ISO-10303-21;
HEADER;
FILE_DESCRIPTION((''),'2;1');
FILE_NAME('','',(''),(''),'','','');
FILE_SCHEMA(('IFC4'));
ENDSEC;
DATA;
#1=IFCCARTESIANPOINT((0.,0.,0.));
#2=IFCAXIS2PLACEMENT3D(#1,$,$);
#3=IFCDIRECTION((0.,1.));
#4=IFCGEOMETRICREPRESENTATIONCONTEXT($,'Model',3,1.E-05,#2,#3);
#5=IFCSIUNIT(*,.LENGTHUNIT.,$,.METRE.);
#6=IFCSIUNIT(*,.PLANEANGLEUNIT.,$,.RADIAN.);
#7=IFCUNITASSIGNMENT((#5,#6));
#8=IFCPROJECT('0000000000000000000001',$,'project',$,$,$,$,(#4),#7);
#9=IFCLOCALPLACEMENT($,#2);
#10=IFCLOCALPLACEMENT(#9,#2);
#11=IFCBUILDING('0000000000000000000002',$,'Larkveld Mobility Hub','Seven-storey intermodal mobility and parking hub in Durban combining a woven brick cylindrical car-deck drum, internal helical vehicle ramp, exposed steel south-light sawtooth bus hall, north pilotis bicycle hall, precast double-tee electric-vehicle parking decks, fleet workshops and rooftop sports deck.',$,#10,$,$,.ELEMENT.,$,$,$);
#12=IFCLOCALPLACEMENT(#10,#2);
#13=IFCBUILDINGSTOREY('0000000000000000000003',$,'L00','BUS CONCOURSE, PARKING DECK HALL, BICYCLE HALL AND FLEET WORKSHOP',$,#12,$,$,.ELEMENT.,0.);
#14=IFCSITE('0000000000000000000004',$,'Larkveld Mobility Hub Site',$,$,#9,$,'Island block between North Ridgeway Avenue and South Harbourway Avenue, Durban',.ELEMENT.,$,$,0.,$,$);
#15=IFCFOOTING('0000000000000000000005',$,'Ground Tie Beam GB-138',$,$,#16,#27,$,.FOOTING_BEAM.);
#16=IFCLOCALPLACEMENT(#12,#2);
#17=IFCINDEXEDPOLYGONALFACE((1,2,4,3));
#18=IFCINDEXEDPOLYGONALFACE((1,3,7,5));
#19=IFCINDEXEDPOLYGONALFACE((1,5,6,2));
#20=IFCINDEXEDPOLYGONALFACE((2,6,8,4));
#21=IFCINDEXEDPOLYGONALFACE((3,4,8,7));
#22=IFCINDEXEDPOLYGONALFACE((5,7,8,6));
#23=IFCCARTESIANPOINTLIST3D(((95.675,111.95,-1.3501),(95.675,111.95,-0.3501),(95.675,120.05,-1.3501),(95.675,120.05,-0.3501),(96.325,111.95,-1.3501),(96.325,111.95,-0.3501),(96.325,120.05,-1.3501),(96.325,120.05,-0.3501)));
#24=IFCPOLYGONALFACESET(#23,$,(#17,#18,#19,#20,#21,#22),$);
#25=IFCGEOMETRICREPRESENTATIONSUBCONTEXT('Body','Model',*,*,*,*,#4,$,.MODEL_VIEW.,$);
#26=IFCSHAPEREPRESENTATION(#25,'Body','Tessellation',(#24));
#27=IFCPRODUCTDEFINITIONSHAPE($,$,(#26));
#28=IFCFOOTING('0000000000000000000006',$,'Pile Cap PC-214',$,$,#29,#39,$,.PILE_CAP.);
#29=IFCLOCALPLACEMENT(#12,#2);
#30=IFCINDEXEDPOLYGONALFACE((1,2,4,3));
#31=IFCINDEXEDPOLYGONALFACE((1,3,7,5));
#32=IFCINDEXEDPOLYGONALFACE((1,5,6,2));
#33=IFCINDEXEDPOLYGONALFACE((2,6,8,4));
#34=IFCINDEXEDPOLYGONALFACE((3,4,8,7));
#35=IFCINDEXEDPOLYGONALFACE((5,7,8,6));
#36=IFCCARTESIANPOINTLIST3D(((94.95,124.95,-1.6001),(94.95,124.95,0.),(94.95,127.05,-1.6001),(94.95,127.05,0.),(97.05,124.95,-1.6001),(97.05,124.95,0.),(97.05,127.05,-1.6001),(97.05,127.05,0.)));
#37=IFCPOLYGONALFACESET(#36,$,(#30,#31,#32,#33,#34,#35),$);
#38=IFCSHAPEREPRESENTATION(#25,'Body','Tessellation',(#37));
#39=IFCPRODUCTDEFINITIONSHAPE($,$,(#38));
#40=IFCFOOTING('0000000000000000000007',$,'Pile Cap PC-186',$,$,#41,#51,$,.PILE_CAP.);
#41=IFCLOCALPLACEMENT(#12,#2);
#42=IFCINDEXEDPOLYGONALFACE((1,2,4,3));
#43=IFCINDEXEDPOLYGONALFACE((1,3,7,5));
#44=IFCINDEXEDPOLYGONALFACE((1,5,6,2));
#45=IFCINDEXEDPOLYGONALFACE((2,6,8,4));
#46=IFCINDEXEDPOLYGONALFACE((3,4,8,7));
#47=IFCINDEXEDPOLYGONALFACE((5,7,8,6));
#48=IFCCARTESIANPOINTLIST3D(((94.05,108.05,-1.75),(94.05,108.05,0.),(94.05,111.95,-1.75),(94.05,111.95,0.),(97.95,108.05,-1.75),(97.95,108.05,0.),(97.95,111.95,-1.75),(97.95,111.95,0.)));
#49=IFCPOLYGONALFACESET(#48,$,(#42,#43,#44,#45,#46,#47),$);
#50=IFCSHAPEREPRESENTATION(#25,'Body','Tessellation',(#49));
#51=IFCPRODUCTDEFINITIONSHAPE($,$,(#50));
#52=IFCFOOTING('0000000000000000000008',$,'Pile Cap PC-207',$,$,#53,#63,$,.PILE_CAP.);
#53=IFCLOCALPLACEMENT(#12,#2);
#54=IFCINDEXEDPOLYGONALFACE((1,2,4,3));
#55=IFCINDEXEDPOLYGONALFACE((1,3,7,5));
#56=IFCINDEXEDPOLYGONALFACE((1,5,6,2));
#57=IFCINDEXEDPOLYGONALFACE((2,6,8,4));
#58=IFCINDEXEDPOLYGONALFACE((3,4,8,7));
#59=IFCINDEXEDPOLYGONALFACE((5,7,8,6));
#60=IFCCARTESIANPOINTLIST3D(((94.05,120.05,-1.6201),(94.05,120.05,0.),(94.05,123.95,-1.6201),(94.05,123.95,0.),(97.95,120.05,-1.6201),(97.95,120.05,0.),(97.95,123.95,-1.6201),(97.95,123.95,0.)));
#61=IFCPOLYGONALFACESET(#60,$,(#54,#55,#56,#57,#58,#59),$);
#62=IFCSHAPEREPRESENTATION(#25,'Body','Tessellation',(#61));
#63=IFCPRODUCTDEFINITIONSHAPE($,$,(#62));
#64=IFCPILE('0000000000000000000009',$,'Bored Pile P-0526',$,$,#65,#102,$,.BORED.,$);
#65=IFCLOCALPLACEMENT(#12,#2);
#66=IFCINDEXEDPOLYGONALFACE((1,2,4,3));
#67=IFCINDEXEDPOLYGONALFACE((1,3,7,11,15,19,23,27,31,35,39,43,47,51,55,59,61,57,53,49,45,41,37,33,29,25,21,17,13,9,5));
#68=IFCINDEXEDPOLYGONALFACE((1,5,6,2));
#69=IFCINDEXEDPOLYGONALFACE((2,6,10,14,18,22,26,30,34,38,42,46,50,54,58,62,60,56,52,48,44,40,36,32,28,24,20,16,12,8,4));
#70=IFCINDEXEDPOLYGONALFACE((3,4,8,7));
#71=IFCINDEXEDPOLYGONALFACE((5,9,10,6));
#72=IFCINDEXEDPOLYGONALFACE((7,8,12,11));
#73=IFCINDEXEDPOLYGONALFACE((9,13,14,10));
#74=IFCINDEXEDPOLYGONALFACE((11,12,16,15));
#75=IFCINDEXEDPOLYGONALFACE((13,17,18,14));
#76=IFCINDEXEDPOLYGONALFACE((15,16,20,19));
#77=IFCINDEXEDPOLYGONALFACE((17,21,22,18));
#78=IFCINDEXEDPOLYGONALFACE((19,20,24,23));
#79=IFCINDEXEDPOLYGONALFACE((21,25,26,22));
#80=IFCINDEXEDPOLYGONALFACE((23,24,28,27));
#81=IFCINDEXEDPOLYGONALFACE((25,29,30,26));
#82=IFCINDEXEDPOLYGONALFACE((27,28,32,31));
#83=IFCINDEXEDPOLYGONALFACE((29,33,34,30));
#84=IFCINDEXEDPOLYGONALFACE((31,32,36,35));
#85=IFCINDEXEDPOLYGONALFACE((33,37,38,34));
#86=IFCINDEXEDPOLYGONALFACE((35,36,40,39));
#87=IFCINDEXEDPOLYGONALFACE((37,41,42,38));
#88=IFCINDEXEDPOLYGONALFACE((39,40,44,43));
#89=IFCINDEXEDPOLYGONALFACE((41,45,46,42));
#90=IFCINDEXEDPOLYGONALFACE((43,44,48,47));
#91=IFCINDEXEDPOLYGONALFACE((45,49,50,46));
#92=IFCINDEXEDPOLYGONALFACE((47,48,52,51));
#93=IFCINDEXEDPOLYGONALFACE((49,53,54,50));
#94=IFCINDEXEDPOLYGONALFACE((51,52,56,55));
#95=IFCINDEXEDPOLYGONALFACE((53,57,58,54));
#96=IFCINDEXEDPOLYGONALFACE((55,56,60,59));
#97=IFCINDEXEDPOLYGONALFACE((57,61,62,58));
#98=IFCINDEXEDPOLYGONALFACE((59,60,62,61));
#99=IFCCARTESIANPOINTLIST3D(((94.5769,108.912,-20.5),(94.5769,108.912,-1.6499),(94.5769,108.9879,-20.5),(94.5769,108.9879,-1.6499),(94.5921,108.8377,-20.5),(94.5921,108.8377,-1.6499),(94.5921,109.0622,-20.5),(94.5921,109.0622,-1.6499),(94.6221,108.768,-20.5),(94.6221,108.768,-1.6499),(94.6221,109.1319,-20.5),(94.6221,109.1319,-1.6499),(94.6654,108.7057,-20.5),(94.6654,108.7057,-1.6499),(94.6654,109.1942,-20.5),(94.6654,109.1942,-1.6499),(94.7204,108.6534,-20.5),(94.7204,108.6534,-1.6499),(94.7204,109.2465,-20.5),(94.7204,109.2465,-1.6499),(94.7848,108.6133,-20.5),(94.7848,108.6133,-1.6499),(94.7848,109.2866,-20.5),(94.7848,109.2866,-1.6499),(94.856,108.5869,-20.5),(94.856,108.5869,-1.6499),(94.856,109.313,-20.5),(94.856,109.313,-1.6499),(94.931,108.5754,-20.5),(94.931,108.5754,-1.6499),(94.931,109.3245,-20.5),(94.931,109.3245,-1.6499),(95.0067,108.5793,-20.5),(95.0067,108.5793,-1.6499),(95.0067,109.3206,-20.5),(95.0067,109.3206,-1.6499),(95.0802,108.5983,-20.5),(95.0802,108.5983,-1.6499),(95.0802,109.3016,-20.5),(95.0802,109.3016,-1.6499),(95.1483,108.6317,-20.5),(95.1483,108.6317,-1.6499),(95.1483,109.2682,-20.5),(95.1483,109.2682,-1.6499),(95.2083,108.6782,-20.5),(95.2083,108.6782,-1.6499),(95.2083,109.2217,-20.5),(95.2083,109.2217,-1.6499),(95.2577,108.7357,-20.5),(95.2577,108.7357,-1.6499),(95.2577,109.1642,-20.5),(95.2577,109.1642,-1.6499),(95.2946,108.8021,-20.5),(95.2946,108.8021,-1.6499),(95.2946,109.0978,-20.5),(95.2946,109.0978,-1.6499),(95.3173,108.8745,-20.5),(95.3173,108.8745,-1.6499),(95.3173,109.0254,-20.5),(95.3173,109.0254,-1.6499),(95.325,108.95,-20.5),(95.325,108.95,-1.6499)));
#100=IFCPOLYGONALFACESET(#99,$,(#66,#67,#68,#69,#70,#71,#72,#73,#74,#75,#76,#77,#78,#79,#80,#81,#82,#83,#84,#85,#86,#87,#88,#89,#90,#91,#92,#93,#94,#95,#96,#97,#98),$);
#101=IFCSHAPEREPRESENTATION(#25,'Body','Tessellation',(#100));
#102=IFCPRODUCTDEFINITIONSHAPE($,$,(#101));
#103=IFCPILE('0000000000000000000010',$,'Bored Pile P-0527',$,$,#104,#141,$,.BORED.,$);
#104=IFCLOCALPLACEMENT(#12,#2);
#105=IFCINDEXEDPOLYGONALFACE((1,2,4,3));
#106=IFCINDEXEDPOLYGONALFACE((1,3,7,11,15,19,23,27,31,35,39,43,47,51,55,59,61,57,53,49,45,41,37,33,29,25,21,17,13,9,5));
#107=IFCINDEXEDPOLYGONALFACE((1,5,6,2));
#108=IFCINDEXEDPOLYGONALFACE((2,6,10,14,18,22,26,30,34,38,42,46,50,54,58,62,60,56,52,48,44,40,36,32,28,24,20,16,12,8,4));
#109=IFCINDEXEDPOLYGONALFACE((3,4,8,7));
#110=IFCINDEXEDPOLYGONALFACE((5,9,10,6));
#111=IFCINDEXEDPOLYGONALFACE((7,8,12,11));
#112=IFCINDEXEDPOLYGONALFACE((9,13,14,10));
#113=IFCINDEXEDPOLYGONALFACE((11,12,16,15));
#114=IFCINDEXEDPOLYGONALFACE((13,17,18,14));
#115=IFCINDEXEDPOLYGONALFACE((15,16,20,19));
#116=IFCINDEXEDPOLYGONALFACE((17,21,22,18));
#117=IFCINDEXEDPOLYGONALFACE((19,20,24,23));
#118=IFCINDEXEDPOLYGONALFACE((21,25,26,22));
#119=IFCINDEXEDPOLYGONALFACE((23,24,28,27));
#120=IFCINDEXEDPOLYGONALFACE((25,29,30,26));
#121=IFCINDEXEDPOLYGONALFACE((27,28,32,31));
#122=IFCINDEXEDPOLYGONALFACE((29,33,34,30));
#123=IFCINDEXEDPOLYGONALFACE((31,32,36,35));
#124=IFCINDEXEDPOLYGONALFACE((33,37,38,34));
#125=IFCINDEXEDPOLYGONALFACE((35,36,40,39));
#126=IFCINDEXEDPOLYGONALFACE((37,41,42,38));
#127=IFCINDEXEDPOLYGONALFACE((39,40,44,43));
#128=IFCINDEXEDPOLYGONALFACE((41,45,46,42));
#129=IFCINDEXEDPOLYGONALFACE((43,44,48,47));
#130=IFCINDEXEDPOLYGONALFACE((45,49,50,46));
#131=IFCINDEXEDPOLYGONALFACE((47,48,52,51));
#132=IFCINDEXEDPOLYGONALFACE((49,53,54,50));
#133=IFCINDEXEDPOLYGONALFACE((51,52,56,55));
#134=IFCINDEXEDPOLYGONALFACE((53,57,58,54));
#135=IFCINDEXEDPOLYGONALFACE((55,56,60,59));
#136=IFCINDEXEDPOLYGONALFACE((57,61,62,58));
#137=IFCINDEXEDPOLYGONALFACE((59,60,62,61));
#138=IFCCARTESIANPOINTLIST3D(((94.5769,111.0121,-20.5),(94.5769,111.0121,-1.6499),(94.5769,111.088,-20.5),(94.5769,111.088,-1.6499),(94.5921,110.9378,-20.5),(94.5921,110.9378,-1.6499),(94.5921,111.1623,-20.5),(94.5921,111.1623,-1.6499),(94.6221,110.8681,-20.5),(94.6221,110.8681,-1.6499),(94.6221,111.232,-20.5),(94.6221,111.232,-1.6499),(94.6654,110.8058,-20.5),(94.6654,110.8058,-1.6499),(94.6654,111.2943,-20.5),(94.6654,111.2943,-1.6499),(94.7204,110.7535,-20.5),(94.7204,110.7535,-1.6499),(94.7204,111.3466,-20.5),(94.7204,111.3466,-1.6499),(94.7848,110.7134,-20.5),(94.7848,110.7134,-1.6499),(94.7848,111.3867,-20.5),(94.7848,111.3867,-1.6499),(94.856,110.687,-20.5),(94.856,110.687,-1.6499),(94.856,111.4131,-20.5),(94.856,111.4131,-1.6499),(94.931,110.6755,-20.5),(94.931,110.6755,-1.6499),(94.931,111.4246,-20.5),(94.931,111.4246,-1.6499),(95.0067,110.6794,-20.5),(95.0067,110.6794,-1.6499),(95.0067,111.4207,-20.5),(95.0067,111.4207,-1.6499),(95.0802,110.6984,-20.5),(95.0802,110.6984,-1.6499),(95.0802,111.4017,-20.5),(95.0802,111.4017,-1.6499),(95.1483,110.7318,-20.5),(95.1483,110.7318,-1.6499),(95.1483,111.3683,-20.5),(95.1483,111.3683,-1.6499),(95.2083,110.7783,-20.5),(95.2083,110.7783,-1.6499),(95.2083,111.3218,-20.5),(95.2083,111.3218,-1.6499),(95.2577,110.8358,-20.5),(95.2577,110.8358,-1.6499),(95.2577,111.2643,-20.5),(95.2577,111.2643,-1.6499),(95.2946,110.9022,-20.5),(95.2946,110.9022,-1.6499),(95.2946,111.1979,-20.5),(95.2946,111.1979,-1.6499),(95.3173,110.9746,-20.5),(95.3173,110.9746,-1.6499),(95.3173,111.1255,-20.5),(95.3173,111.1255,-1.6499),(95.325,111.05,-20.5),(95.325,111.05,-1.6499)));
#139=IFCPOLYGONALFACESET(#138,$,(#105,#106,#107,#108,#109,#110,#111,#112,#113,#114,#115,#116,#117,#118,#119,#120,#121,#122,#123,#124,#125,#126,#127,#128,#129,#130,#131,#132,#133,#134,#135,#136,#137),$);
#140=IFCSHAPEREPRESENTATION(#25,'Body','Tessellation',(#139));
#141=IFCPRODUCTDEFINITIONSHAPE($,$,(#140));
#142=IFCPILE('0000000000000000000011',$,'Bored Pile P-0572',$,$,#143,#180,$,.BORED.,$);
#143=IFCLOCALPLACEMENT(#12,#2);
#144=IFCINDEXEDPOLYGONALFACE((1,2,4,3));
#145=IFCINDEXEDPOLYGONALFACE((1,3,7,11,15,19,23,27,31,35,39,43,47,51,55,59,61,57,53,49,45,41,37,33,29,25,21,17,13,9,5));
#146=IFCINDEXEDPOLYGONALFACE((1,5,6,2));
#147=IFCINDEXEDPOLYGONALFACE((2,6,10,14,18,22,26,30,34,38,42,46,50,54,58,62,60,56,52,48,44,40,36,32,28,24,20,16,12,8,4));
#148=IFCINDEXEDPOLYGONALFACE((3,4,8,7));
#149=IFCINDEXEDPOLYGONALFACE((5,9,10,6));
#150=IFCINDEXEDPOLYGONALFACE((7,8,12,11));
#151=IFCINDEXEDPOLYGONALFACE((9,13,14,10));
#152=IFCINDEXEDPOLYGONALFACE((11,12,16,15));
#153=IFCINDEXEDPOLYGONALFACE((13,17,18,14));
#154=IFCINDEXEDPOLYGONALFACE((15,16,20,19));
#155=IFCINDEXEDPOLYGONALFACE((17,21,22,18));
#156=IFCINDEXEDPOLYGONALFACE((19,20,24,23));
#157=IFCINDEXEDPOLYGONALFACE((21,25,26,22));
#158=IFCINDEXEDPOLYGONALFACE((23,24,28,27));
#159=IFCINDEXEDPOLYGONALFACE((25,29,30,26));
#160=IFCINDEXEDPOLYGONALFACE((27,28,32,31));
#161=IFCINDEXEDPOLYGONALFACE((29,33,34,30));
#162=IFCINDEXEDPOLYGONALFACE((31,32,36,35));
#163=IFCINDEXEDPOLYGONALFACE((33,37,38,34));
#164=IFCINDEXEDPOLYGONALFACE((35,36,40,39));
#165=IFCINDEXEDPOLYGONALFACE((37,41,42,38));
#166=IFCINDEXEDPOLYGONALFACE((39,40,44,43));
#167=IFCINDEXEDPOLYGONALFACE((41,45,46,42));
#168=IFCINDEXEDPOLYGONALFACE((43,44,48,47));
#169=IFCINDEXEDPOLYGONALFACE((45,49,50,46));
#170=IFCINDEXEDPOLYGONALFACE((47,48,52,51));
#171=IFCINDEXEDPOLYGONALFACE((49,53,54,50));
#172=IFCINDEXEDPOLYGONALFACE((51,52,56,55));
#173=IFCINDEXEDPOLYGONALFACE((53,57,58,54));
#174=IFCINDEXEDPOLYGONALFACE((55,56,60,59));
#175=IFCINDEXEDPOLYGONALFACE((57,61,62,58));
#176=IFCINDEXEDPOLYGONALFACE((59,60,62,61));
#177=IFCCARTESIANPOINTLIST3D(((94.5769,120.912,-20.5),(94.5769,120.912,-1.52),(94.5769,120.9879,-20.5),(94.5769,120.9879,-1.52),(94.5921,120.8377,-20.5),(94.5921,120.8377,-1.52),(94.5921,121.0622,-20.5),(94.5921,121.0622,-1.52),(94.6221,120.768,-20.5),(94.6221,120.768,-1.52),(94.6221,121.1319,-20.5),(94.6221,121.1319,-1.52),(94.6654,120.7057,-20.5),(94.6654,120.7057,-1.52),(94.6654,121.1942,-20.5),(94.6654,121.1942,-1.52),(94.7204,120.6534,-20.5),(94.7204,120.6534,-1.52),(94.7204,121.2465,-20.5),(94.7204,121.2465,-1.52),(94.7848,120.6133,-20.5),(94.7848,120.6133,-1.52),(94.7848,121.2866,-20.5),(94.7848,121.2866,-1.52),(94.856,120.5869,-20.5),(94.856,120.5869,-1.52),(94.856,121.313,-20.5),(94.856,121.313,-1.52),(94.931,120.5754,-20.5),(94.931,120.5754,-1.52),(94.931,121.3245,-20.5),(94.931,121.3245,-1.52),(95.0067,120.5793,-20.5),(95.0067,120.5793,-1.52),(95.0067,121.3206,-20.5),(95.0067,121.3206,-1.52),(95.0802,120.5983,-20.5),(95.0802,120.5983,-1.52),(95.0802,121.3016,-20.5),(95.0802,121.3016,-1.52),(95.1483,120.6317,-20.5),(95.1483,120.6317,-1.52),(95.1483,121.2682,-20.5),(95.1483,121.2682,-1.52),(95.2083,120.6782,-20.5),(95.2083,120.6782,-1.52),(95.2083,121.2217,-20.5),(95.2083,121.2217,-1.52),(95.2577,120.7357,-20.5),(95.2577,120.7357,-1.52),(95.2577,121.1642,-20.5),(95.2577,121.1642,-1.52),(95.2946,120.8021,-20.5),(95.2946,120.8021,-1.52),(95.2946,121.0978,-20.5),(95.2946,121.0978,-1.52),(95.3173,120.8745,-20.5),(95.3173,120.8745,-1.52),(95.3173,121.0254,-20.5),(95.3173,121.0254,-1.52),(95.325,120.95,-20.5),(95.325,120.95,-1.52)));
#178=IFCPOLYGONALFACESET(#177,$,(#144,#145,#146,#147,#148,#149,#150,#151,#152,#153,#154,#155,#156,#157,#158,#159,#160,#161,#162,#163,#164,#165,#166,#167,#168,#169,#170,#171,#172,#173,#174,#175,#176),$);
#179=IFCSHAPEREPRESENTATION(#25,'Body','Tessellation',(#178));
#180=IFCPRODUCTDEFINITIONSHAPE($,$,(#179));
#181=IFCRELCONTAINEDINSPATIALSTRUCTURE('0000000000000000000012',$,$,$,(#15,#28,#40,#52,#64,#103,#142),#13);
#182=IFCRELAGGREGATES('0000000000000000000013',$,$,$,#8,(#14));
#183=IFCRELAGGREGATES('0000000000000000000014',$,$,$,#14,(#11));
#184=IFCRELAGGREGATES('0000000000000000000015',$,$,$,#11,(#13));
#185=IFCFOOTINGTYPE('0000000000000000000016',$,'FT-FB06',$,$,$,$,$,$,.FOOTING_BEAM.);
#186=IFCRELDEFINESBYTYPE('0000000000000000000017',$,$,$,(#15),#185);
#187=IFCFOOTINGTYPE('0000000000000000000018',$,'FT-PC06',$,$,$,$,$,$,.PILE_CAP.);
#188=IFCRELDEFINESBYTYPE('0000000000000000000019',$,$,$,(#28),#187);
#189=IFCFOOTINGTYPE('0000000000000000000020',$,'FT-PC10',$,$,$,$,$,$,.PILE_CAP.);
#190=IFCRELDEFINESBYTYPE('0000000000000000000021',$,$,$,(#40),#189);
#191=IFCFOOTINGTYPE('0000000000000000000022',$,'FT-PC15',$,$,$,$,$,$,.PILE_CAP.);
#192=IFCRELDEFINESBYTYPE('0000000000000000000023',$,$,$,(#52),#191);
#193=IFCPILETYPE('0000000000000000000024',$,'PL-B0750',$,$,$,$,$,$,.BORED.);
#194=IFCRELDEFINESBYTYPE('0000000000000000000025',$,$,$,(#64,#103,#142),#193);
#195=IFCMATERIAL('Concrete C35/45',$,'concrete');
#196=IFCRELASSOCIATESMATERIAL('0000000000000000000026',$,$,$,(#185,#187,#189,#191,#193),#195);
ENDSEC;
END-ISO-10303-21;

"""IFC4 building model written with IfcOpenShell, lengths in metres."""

from ifc_helpers import new_model, si_unit, direction, frame, origin, origin_2d, place, context, subcontext, project, spatial, rectangle, circle, extrude, material, material_profile, profile_set, type_object, element, save


model = new_model("IFC4")

# Units and contexts
model_context = context("Model", 3, precision=1e-05, world=origin(), true_north=direction((0.0, 1.0)))
body_context = subcontext(model_context, "Body", "Model", "MODEL_VIEW")
ifc_project = project(units=[si_unit("LENGTHUNIT", "METRE"), si_unit("PLANEANGLEUNIT", "RADIAN")], contexts=[model_context])

# Site, building, storey
site_placement = place(None, origin())
site = spatial("IfcSite", under=ifc_project, at=site_placement, Name="Larkveld Mobility Hub Site", LongName="Island block between North Ridgeway Avenue and South Harbourway Avenue, Durban", CompositionType="ELEMENT", RefElevation=0.0)
building_placement = place(site_placement, origin())
building = spatial("IfcBuilding", under=site, at=building_placement, Name="Larkveld Mobility Hub", Description="Seven-storey intermodal mobility and parking hub in Durban combining a woven brick cylindrical car-deck drum, internal helical vehicle ramp, exposed steel south-light sawtooth bus hall, north pilotis bicycle hall, precast double-tee electric-vehicle parking decks, fleet workshops and rooftop sports deck.", CompositionType="ELEMENT")
storey_placement = place(building_placement, origin())
storey = spatial("IfcBuildingStorey", under=building, at=storey_placement, Name="L00", Description="BUS CONCOURSE, PARKING DECK HALL, BICYCLE HALL AND FLEET WORKSHOP", CompositionType="ELEMENT", Elevation=0.0)

# Footings
ifc_material_1 = material(Name="Concrete C35/45", Category="concrete")
ifc_material_profile_1 = material_profile(ifc_material_1, rectangle(XDim=0.6499, YDim=1.0, at=origin_2d()), Name="RC BM 650x1000")
ifc_profile_set_1 = profile_set([ifc_material_profile_1], Name="Concrete C35/45")
footing_type_1 = type_object("IfcFootingType", Name="FT-FB06", PredefinedType="FOOTING_BEAM", material=ifc_profile_set_1)
footing_1_placement = place(storey_placement, frame((96.0, 111.95, -0.8501), z_axis=(0.0, 1.0, 0.0), x_axis=(-1.0, 0.0, 0.0)))
element("IfcFooting", 1, at=footing_1_placement, inside=storey, type_object=footing_type_1, Name="Ground Tie Beam GB-138", PredefinedType="FOOTING_BEAM", context=body_context, shape_type="SweptSolid", body=[
    extrude(rectangle(XDim=0.6499, YDim=1.0, at=origin_2d()), origin(), (0.0, 0.0, 1.0), 8.1001),
])
footing_type_2 = type_object("IfcFootingType", Name="FT-PC06", PredefinedType="PILE_CAP", material=ifc_material_1)
footing_2_placement = place(storey_placement, frame((96.0, 126.0, -1.6001), z_axis=(0.0, 0.0, 1.0), x_axis=(1.0, 0.0, 0.0)))
element("IfcFooting", 2, at=footing_2_placement, inside=storey, type_object=footing_type_2, Name="Pile Cap PC-214", PredefinedType="PILE_CAP", context=body_context, shape_type="SweptSolid", body=[
    extrude(rectangle(XDim=2.1001, YDim=2.1001, at=origin_2d()), origin(), (0.0, 0.0, 1.0), 1.6001),
])
footing_type_3 = type_object("IfcFootingType", Name="FT-PC10", PredefinedType="PILE_CAP", material=ifc_material_1)
footing_3_placement = place(storey_placement, frame((96.0, 110.0, -1.75), z_axis=(0.0, 0.0, 1.0), x_axis=(1.0, 0.0, 0.0)))
element("IfcFooting", 3, at=footing_3_placement, inside=storey, type_object=footing_type_3, Name="Pile Cap PC-186", PredefinedType="PILE_CAP", context=body_context, shape_type="SweptSolid", body=[
    extrude(rectangle(XDim=3.8999, YDim=3.8999, at=origin_2d()), origin(), (0.0, 0.0, 1.0), 1.75),
])
footing_type_4 = type_object("IfcFootingType", Name="FT-PC15", PredefinedType="PILE_CAP", material=ifc_material_1)
footing_4_placement = place(storey_placement, frame((96.0, 122.0, -1.6201), z_axis=(0.0, 0.0, 1.0), x_axis=(1.0, 0.0, 0.0)))
element("IfcFooting", 4, at=footing_4_placement, inside=storey, type_object=footing_type_4, Name="Pile Cap PC-207", PredefinedType="PILE_CAP", context=body_context, shape_type="SweptSolid", body=[
    extrude(rectangle(XDim=3.8999, YDim=3.8999, at=origin_2d()), origin(), (0.0, 0.0, 1.0), 1.6201),
])

# Piles
ifc_material_profile_2 = material_profile(ifc_material_1, circle(Radius=0.375, at=origin_2d()), Name="PILE D750")
ifc_profile_set_2 = profile_set([ifc_material_profile_2], Name="Concrete C35/45")
pile_type = type_object("IfcPileType", Name="PL-B0750", PredefinedType="BORED", material=ifc_profile_set_2)
for number, where, z_axis, x_axis, name in (
    (5, (94.95, 108.95, -1.6499), (0.0, 0.0, -1.0), (1.0, 0.0, 0.0), "Bored Pile P-0526"),
    (6, (94.95, 111.05, -1.6499), (0.0, 0.0, -1.0), (1.0, 0.0, 0.0), "Bored Pile P-0527"),
):
    element("IfcPile", number, at=place(storey_placement, frame(where, z_axis=z_axis, x_axis=x_axis)), inside=storey, type_object=pile_type, Name=name, PredefinedType="BORED", context=body_context, shape_type="SweptSolid", body=[
        extrude(circle(Radius=0.375, at=origin_2d()), origin(), (0.0, 0.0, 1.0), 18.8501),
    ])
for number, where, z_axis, x_axis, name in (
    (7, (94.95, 120.95, -1.52), (0.0, 0.0, -1.0), (1.0, 0.0, 0.0), "Bored Pile P-0572"),
):
    element("IfcPile", number, at=place(storey_placement, frame(where, z_axis=z_axis, x_axis=x_axis)), inside=storey, type_object=pile_type, Name=name, PredefinedType="BORED", context=body_context, shape_type="SweptSolid", body=[
        extrude(circle(Radius=0.375, at=origin_2d()), origin(), (0.0, 0.0, 1.0), 18.98),
    ])

save(model, "model.ifc")
